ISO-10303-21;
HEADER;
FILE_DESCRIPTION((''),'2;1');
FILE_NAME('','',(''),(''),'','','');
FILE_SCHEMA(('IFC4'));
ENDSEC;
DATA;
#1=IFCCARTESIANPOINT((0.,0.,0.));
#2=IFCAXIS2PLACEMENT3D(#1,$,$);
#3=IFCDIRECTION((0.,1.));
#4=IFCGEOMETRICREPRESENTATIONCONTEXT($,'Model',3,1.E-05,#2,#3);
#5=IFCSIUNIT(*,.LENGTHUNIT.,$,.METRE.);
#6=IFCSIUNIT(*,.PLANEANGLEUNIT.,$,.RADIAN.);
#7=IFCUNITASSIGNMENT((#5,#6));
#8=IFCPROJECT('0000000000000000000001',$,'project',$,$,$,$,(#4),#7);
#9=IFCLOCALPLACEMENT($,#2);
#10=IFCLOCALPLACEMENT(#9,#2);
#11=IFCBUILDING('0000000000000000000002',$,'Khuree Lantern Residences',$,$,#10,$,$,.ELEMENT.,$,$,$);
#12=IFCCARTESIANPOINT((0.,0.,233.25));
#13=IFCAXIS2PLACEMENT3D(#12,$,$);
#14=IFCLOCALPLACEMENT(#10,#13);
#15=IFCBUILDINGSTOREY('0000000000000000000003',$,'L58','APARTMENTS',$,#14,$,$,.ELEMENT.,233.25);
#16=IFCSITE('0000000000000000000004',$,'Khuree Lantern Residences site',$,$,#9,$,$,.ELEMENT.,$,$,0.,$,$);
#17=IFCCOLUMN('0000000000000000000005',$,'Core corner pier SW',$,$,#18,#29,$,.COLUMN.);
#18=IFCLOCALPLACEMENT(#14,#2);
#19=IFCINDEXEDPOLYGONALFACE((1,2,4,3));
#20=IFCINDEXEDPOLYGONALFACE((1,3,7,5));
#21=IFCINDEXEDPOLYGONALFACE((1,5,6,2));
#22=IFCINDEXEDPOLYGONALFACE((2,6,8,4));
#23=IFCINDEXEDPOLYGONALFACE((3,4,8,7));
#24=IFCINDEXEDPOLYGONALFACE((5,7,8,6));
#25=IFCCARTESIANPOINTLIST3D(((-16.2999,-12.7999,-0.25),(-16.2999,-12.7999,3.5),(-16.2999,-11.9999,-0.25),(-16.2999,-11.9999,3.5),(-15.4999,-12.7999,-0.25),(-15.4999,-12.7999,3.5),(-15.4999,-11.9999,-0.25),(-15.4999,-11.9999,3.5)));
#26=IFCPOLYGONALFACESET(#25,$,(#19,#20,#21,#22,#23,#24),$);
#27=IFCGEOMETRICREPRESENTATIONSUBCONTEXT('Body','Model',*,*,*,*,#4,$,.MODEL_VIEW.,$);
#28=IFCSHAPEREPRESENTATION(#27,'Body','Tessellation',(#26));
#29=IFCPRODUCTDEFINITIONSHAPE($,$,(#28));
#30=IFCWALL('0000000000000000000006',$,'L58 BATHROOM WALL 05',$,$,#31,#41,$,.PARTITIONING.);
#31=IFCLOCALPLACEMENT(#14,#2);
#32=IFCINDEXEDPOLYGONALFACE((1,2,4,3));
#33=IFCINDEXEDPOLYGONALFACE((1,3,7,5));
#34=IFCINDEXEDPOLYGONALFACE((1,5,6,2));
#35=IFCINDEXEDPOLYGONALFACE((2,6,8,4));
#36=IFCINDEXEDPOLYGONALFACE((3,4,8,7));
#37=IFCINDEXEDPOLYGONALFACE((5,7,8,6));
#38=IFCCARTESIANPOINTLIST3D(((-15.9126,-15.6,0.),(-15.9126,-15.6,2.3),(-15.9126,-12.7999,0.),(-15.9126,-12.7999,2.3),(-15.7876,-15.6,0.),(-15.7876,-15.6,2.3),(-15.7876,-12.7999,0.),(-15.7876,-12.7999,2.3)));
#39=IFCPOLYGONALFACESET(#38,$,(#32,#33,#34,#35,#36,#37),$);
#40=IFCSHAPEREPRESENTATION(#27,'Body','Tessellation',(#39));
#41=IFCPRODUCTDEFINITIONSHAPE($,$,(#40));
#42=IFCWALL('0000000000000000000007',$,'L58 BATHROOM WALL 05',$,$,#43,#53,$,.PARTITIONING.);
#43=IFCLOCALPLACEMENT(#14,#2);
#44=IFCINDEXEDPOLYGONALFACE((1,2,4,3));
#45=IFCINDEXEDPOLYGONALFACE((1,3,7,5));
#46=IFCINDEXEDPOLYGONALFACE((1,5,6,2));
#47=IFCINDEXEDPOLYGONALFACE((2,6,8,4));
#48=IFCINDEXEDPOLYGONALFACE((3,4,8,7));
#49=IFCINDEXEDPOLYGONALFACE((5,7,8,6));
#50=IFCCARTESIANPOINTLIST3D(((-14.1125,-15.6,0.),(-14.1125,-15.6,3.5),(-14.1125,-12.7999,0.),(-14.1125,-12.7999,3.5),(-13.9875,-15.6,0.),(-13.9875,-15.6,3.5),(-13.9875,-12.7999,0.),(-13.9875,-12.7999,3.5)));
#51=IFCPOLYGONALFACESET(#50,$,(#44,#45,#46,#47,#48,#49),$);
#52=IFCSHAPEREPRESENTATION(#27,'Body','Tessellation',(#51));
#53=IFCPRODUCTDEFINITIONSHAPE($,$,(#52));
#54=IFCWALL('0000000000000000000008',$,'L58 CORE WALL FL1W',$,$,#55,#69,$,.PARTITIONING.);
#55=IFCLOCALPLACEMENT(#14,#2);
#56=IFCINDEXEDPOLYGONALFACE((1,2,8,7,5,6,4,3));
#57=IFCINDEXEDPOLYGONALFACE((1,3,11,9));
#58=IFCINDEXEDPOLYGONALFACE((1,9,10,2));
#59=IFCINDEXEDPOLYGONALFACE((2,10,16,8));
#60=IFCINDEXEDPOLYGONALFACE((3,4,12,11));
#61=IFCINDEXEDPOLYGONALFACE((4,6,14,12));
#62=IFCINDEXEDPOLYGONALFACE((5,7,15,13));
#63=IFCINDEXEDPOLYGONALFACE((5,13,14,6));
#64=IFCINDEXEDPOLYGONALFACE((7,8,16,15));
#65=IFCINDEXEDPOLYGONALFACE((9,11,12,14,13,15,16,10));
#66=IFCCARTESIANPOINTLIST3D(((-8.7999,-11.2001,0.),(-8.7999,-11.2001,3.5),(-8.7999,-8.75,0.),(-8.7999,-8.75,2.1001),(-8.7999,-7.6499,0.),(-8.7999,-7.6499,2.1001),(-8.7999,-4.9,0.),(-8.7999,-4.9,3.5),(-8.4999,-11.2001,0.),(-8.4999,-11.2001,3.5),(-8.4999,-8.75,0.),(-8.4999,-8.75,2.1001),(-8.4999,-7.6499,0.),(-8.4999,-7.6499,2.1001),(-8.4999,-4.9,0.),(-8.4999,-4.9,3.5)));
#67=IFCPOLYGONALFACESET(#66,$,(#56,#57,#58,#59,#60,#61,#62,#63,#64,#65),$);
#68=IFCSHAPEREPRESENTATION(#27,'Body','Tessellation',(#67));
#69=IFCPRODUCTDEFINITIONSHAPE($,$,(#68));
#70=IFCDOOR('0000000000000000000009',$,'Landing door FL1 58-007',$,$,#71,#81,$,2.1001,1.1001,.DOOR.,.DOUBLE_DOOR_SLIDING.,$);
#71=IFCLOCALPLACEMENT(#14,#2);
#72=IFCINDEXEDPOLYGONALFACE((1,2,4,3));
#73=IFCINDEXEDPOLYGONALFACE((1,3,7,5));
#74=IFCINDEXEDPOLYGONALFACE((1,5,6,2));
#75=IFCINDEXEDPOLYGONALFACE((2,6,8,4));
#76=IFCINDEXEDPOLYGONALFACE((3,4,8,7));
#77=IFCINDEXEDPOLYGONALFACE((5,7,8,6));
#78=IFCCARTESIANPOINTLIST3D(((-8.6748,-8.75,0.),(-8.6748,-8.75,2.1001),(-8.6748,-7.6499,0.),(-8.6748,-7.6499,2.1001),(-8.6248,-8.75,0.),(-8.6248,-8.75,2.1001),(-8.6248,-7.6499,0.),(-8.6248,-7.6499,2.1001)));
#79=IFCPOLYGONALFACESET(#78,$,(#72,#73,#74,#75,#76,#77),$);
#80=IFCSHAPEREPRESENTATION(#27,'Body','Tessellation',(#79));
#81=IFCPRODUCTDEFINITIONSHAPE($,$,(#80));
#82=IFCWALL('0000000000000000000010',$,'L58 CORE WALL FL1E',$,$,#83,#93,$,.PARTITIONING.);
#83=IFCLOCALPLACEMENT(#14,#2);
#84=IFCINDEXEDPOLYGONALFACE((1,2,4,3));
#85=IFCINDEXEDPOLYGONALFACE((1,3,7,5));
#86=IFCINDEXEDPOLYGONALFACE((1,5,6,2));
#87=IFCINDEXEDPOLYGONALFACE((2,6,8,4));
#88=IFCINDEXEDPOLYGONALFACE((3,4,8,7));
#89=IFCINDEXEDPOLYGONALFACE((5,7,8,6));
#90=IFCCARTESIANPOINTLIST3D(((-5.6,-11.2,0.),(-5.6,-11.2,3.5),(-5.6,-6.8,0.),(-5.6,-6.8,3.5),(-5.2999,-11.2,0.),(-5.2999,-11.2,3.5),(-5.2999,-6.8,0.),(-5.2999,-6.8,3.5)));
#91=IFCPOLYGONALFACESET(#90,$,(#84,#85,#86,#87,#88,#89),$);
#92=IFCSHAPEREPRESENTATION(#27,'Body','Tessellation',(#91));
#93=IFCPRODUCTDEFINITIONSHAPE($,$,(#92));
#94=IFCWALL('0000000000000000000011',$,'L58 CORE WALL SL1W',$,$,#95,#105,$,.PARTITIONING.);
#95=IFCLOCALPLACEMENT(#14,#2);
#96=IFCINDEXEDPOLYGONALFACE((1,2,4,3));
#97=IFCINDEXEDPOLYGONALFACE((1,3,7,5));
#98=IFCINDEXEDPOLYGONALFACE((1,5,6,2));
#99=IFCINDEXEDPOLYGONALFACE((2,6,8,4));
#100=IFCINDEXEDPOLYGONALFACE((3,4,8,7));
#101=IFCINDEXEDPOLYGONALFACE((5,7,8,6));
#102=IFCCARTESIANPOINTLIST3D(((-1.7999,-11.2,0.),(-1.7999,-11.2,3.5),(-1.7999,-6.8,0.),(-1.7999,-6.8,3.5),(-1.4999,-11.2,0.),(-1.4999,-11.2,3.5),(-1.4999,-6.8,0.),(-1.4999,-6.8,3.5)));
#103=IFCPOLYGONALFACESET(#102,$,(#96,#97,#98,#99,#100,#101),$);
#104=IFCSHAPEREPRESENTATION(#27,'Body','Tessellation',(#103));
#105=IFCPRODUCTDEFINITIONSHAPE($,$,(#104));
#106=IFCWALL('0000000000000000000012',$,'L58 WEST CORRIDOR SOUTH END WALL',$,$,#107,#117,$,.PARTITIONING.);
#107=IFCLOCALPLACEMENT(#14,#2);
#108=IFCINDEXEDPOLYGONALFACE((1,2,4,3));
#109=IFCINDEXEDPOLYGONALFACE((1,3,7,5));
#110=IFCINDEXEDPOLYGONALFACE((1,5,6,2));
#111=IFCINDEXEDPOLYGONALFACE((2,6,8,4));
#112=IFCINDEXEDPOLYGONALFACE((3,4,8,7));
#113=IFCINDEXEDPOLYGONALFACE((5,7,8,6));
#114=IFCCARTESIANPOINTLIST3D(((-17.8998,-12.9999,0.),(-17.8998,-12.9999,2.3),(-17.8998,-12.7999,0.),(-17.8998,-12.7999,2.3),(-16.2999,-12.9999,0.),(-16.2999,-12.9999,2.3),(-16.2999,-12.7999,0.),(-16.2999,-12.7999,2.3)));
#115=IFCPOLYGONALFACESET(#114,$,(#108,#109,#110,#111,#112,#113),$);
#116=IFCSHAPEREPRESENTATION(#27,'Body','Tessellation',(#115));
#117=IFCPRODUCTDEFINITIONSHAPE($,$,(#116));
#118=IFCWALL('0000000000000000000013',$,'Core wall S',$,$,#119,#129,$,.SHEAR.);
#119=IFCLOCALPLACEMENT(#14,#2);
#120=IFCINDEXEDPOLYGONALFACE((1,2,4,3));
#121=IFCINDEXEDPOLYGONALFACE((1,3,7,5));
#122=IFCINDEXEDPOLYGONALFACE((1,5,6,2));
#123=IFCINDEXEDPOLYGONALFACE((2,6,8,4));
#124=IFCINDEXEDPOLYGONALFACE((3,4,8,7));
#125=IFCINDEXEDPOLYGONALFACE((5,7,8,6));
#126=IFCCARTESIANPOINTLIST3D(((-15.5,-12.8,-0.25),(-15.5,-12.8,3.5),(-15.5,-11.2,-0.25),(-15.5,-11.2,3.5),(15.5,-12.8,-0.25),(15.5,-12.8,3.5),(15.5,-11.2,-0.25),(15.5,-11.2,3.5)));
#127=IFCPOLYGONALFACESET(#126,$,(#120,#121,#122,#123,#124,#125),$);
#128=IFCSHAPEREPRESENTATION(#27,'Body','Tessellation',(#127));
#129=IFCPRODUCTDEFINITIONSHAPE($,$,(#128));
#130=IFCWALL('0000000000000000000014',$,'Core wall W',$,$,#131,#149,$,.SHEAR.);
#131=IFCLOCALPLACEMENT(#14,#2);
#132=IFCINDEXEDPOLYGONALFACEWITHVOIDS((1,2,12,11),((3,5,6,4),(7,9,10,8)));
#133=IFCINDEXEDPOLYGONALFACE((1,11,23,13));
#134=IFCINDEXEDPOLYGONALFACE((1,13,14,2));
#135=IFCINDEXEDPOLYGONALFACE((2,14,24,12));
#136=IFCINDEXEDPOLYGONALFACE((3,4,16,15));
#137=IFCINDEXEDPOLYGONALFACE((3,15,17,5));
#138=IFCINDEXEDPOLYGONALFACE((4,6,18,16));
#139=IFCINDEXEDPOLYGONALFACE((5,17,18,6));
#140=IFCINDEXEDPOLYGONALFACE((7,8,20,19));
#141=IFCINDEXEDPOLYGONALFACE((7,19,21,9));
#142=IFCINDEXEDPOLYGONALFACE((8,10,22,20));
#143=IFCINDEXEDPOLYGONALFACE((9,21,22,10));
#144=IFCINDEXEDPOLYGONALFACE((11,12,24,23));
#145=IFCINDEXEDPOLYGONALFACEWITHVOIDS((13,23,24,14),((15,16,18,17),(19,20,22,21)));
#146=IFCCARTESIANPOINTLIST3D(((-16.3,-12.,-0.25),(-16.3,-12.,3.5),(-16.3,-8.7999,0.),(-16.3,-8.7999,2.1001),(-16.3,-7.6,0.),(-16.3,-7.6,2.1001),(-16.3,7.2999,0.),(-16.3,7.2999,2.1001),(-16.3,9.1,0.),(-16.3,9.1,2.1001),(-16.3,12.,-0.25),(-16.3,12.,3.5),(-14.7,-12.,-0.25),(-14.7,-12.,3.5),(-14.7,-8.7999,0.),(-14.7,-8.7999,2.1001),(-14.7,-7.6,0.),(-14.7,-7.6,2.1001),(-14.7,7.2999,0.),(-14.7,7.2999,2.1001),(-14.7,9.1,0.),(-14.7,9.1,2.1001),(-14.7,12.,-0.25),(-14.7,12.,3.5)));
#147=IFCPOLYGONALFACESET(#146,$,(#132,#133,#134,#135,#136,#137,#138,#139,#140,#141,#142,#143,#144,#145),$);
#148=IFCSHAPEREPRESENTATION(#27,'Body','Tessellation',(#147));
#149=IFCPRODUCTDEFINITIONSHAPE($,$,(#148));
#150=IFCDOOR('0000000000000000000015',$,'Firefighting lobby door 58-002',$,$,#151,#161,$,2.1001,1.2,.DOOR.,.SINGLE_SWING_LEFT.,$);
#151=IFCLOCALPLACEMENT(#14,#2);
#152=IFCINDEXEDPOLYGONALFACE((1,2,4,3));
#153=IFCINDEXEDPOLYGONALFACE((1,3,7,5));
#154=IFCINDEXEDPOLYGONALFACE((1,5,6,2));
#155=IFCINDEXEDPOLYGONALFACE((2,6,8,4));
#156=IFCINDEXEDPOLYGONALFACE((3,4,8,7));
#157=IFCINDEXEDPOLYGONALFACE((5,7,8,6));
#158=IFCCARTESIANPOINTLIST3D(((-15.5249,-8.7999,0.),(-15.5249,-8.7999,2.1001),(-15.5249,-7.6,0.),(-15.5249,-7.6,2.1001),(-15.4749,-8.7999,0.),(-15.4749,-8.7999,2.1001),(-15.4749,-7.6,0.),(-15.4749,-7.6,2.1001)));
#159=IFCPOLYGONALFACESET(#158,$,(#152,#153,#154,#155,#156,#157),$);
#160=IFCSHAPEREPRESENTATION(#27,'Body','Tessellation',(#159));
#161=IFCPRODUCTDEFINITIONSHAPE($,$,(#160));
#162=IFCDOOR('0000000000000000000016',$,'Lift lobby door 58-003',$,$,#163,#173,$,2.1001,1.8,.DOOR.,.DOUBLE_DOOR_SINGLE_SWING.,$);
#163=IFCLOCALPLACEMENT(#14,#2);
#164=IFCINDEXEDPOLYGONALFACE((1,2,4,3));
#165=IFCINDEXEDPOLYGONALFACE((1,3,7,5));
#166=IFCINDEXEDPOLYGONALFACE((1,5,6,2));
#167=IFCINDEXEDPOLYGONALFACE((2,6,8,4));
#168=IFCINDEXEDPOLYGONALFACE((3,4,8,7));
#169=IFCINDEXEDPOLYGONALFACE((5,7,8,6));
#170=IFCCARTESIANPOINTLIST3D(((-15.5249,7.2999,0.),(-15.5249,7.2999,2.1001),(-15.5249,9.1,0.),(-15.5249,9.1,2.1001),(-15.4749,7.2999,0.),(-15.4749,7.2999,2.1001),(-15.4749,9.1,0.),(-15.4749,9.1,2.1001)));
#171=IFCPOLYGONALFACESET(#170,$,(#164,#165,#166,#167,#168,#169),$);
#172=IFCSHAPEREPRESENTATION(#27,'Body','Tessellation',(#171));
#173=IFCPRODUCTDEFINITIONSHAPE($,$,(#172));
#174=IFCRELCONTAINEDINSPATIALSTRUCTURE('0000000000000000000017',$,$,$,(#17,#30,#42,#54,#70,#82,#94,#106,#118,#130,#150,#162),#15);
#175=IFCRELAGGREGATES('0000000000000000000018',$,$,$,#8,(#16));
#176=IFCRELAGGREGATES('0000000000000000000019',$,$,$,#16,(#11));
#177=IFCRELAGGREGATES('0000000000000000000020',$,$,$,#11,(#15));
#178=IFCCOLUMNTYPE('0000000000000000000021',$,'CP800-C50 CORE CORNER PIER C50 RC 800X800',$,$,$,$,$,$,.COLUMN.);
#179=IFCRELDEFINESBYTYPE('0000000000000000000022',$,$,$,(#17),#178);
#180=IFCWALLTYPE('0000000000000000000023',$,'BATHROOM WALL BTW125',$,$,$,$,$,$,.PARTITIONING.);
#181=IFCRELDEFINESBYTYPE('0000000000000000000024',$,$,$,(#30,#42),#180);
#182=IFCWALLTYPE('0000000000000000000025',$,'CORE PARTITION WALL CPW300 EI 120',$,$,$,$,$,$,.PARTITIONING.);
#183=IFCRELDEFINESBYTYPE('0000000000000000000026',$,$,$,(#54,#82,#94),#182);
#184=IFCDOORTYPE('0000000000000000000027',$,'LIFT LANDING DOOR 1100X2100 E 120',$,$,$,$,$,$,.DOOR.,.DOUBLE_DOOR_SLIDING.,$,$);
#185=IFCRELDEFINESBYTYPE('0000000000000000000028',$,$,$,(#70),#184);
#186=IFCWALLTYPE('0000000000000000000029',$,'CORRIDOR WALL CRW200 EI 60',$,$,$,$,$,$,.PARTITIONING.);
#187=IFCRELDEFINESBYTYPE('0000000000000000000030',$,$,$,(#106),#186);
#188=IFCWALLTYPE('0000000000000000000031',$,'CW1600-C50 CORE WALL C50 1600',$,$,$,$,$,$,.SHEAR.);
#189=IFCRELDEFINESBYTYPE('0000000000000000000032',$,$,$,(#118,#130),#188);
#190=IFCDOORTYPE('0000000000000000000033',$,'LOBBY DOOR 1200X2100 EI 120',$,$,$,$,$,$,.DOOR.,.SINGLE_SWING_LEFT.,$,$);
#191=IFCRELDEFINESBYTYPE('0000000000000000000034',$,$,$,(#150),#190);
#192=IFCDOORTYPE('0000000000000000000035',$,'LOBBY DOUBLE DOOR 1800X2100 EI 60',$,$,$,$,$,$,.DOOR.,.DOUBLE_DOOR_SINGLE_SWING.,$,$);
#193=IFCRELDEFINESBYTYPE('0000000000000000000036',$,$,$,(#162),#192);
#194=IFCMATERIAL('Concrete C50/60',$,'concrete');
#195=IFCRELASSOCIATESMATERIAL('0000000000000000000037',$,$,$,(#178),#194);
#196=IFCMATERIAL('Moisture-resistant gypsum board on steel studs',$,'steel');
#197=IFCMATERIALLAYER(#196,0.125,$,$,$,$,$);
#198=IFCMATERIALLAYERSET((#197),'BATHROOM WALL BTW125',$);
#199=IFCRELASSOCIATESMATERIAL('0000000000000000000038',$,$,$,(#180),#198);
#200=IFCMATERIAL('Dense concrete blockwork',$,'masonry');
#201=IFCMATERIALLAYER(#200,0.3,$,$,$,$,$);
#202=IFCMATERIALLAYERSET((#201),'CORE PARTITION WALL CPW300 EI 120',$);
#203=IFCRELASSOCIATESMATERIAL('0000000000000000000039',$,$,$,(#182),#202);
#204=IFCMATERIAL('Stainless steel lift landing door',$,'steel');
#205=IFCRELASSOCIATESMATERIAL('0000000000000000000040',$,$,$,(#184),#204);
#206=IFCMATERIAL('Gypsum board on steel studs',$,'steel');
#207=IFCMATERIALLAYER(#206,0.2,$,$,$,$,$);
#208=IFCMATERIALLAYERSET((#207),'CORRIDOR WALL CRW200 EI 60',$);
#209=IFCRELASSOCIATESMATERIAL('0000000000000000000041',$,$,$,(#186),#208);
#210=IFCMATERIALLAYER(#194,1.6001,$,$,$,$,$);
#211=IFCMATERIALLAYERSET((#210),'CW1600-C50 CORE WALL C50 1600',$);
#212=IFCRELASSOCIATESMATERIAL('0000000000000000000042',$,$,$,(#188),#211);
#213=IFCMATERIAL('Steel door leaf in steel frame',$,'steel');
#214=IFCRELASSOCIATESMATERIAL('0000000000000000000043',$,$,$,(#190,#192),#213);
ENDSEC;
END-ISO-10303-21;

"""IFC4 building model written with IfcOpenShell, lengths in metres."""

from ifc_helpers import new_model, si_unit, direction, frame, frame_2d, origin, origin_2d, place, context, subcontext, project, spatial, rectangle, extrude, material, layer, layer_set, material_profile, profile_set, type_object, element, fill, save


model = new_model("IFC4")

# Units and contexts
model_context = context("Model", 3, precision=1e-05, world=origin(), true_north=direction((0.0, 1.0)))
body_context = subcontext(model_context, "Body", "Model", "MODEL_VIEW")
ifc_project = project(units=[si_unit("LENGTHUNIT", "METRE"), si_unit("PLANEANGLEUNIT", "RADIAN")], contexts=[model_context])

# Site, building, storey
site_placement = place(None, origin())
site = spatial("IfcSite", under=ifc_project, at=site_placement, Name="Khuree Lantern Residences site", CompositionType="ELEMENT", RefElevation=0.0)
building_placement = place(site_placement, origin())
building = spatial("IfcBuilding", under=site, at=building_placement, Name="Khuree Lantern Residences", CompositionType="ELEMENT")
storey_placement = place(building_placement, frame((0.0, 0.0, 233.25)))
storey = spatial("IfcBuildingStorey", under=building, at=storey_placement, Name="L58", Description="APARTMENTS", CompositionType="ELEMENT", Elevation=233.25)

# Column
ifc_material_1 = material(Name="Concrete C50/60", Category="concrete")
ifc_material_profile = material_profile(ifc_material_1, rectangle(XDim=0.8, YDim=0.8, at=origin_2d()), Name="RC 800X800")
ifc_profile_set = profile_set([ifc_material_profile], Name="Concrete C50/60")
column_type = type_object("IfcColumnType", Name="CP800-C50 CORE CORNER PIER C50 RC 800X800", PredefinedType="COLUMN", material=ifc_profile_set)
column_placement = place(storey_placement, frame((-15.8999, -12.3999, -0.25), z_axis=(0.0, 0.0, 1.0), x_axis=(1.0, 0.0, 0.0)))
element("IfcColumn", 1, at=column_placement, inside=storey, type_object=column_type, Name="Core corner pier SW", PredefinedType="COLUMN", context=body_context, shape_type="SweptSolid", body=[
    extrude(rectangle(XDim=0.8, YDim=0.8, at=origin_2d()), origin(), (0.0, 0.0, 1.0), 3.75),
])

# Walls
ifc_material_2 = material(Name="Moisture-resistant gypsum board on steel studs", Category="steel")
ifc_layer_1 = layer(ifc_material_2, 0.125)
ifc_layer_set_1 = layer_set([ifc_layer_1], Name="BATHROOM WALL BTW125")
wall_type_1 = type_object("IfcWallType", Name="BATHROOM WALL BTW125", PredefinedType="PARTITIONING", material=ifc_layer_set_1)
wall_1_placement = place(storey_placement, frame((-15.8501, -12.8, 0.0), z_axis=(0.0, 0.0, 1.0), x_axis=(0.0, -1.0, 0.0)))
element("IfcWall", 2, at=wall_1_placement, inside=storey, type_object=wall_type_1, Name="L58 BATHROOM WALL 05", PredefinedType="PARTITIONING", context=body_context, shape_type="SweptSolid", body=[
    extrude(rectangle(XDim=2.8, YDim=0.125, at=frame_2d((1.3999, 0.0))), origin(), (0.0, 0.0, 1.0), 2.3),
])
wall_2_placement = place(storey_placement, frame((-14.05, -12.8, 0.0), z_axis=(0.0, 0.0, 1.0), x_axis=(0.0, -1.0, 0.0)))
element("IfcWall", 3, at=wall_2_placement, inside=storey, type_object=wall_type_1, Name="L58 BATHROOM WALL 05", PredefinedType="PARTITIONING", context=body_context, shape_type="SweptSolid", body=[
    extrude(rectangle(XDim=2.8, YDim=0.125, at=frame_2d((1.3999, 0.0))), origin(), (0.0, 0.0, 1.0), 3.5),
])

# Wall, opening, door
ifc_material_3 = material(Name="Dense concrete blockwork", Category="masonry")
ifc_layer_2 = layer(ifc_material_3, 0.3)
ifc_layer_set_2 = layer_set([ifc_layer_2], Name="CORE PARTITION WALL CPW300 EI 120")
wall_type_2 = type_object("IfcWallType", Name="CORE PARTITION WALL CPW300 EI 120", PredefinedType="PARTITIONING", material=ifc_layer_set_2)
wall_3_placement = place(storey_placement, frame((-8.6499, -11.2, 0.0), z_axis=(0.0, 0.0, 1.0), x_axis=(0.0, 1.0, 0.0)))
wall_3 = element("IfcWall", 4, at=wall_3_placement, inside=storey, type_object=wall_type_2, Name="L58 CORE WALL FL1W", PredefinedType="PARTITIONING", context=body_context, shape_type="SweptSolid", body=[
    extrude(rectangle(XDim=6.3, YDim=0.3, at=frame_2d((3.1499, 0.0))), origin(), (0.0, 0.0, 1.0), 3.5),
])
opening_1_placement = place(wall_3_placement, frame((2.45, 0.0, 0.0)))
opening_1 = element("IfcOpeningElement", 5, at=opening_1_placement, cuts=wall_3, PredefinedType="OPENING", context=body_context, shape_type="SweptSolid", body=[
    extrude(rectangle(XDim=1.1001, YDim=2.1001, at=frame_2d((0.55, 1.05))), frame((0.0, 0.1602, 0.0), z_axis=(0.0, -1.0, 0.0), x_axis=(1.0, 0.0, 0.0)), (0.0, 0.0, 1.0), 0.3201),
])
ifc_material_4 = material(Name="Stainless steel lift landing door", Category="steel")
door_type_1 = type_object("IfcDoorType", Name="LIFT LANDING DOOR 1100X2100 E 120", OperationType="DOUBLE_DOOR_SLIDING", PredefinedType="DOOR", material=ifc_material_4)
door_1_placement = place(opening_1_placement, origin())
door_1 = element("IfcDoor", 6, at=door_1_placement, inside=storey, type_object=door_type_1, Name="Landing door FL1 58-007", OperationType="DOUBLE_DOOR_SLIDING", OverallHeight=2.1001, OverallWidth=1.1001, PredefinedType="DOOR", context=body_context, shape_type="SweptSolid", body=[
    extrude(rectangle(XDim=1.1001, YDim=2.1001, at=frame_2d((0.55, 1.05))), frame((0.0, 0.0249, 0.0), z_axis=(0.0, -1.0, 0.0), x_axis=(1.0, 0.0, 0.0)), (0.0, 0.0, 1.0), 0.05),
])
fill(opening_1, door_1)

# Walls
for number, where, z_axis, x_axis, name in (
    (7, (-5.45, -11.2, 0.0), (0.0, 0.0, 1.0), (0.0, 1.0, 0.0), "L58 CORE WALL FL1E"),
    (8, (-1.6499, -11.2, 0.0), (0.0, 0.0, 1.0), (0.0, 1.0, 0.0), "L58 CORE WALL SL1W"),
):
    element("IfcWall", number, at=place(storey_placement, frame(where, z_axis=z_axis, x_axis=x_axis)), inside=storey, type_object=wall_type_2, Name=name, PredefinedType="PARTITIONING", context=body_context, shape_type="SweptSolid", body=[
        extrude(rectangle(XDim=4.3999, YDim=0.3, at=frame_2d((2.2, 0.0))), origin(), (0.0, 0.0, 1.0), 3.5),
    ])
ifc_material_5 = material(Name="Gypsum board on steel studs", Category="steel")
ifc_layer_3 = layer(ifc_material_5, 0.2)
ifc_layer_set_3 = layer_set([ifc_layer_3], Name="CORRIDOR WALL CRW200 EI 60")
wall_type_3 = type_object("IfcWallType", Name="CORRIDOR WALL CRW200 EI 60", PredefinedType="PARTITIONING", material=ifc_layer_set_3)
wall_4_placement = place(storey_placement, frame((-16.3, -12.8999, 0.0), z_axis=(0.0, 0.0, 1.0), x_axis=(-1.0, 0.0, 0.0)))
element("IfcWall", 9, at=wall_4_placement, inside=storey, type_object=wall_type_3, Name="L58 WEST CORRIDOR SOUTH END WALL", PredefinedType="PARTITIONING", context=body_context, shape_type="SweptSolid", body=[
    extrude(rectangle(XDim=1.5999, YDim=0.2, at=frame_2d((0.7998, 0.0))), origin(), (0.0, 0.0, 1.0), 2.3),
])
ifc_layer_4 = layer(ifc_material_1, 1.6001)
ifc_layer_set_4 = layer_set([ifc_layer_4], Name="CW1600-C50 CORE WALL C50 1600")
wall_type_4 = type_object("IfcWallType", Name="CW1600-C50 CORE WALL C50 1600", PredefinedType="SHEAR", material=ifc_layer_set_4)
wall_5_placement = place(storey_placement, frame((-15.5, -12.0, -0.25), z_axis=(0.0, 0.0, 1.0), x_axis=(1.0, 0.0, 0.0)))
element("IfcWall", 10, at=wall_5_placement, inside=storey, type_object=wall_type_4, Name="Core wall S", PredefinedType="SHEAR", context=body_context, shape_type="SweptSolid", body=[
    extrude(rectangle(XDim=31.0, YDim=1.6001, at=frame_2d((15.5, 0.0))), origin(), (0.0, 0.0, 1.0), 3.75),
])

# Wall, openings, doors
wall_6_placement = place(storey_placement, frame((-15.5, -12.0, -0.25), z_axis=(0.0, 0.0, 1.0), x_axis=(0.0, 1.0, 0.0)))
wall_6 = element("IfcWall", 11, at=wall_6_placement, inside=storey, type_object=wall_type_4, Name="Core wall W", PredefinedType="SHEAR", context=body_context, shape_type="SweptSolid", body=[
    extrude(rectangle(XDim=24.0, YDim=1.6001, at=frame_2d((12.0, 0.0))), origin(), (0.0, 0.0, 1.0), 3.75),
])
opening_2_placement = place(wall_6_placement, frame((3.2, 0.0, 0.25)))
opening_2 = element("IfcOpeningElement", 12, at=opening_2_placement, cuts=wall_6, PredefinedType="OPENING", context=body_context, shape_type="SweptSolid", body=[
    extrude(rectangle(XDim=1.2, YDim=2.1001, at=frame_2d((0.6001, 1.05))), frame((0.0, 0.8101, 0.0), z_axis=(0.0, -1.0, 0.0), x_axis=(1.0, 0.0, 0.0)), (0.0, 0.0, 1.0), 1.6201),
])
opening_3_placement = place(wall_6_placement, frame((19.3, 0.0, 0.25)))
opening_3 = element("IfcOpeningElement", 13, at=opening_3_placement, cuts=wall_6, PredefinedType="OPENING", context=body_context, shape_type="SweptSolid", body=[
    extrude(rectangle(XDim=1.8, YDim=2.1001, at=frame_2d((0.8999, 1.05))), frame((0.0, 0.8101, 0.0), z_axis=(0.0, -1.0, 0.0), x_axis=(1.0, 0.0, 0.0)), (0.0, 0.0, 1.0), 1.6201),
])
ifc_material_6 = material(Name="Steel door leaf in steel frame", Category="steel")
door_type_2 = type_object("IfcDoorType", Name="LOBBY DOOR 1200X2100 EI 120", OperationType="SINGLE_SWING_LEFT", PredefinedType="DOOR", material=ifc_material_6)
door_2_placement = place(opening_2_placement, origin())
door_2 = element("IfcDoor", 14, at=door_2_placement, inside=storey, type_object=door_type_2, Name="Firefighting lobby door 58-002", OperationType="SINGLE_SWING_LEFT", OverallHeight=2.1001, OverallWidth=1.2, PredefinedType="DOOR", context=body_context, shape_type="SweptSolid", body=[
    extrude(rectangle(XDim=1.2, YDim=2.1001, at=frame_2d((0.6001, 1.05))), frame((0.0, 0.0249, 0.0), z_axis=(0.0, -1.0, 0.0), x_axis=(1.0, 0.0, 0.0)), (0.0, 0.0, 1.0), 0.05),
])
fill(opening_2, door_2)
door_type_3 = type_object("IfcDoorType", Name="LOBBY DOUBLE DOOR 1800X2100 EI 60", OperationType="DOUBLE_DOOR_SINGLE_SWING", PredefinedType="DOOR", material=ifc_material_6)
door_3_placement = place(opening_3_placement, origin())
door_3 = element("IfcDoor", 15, at=door_3_placement, inside=storey, type_object=door_type_3, Name="Lift lobby door 58-003", OperationType="DOUBLE_DOOR_SINGLE_SWING", OverallHeight=2.1001, OverallWidth=1.8, PredefinedType="DOOR", context=body_context, shape_type="SweptSolid", body=[
    extrude(rectangle(XDim=1.8, YDim=2.1001, at=frame_2d((0.8999, 1.05))), frame((0.0, 0.0249, 0.0), z_axis=(0.0, -1.0, 0.0), x_axis=(1.0, 0.0, 0.0)), (0.0, 0.0, 1.0), 0.05),
])
fill(opening_3, door_3)

save(model, "model.ifc")
